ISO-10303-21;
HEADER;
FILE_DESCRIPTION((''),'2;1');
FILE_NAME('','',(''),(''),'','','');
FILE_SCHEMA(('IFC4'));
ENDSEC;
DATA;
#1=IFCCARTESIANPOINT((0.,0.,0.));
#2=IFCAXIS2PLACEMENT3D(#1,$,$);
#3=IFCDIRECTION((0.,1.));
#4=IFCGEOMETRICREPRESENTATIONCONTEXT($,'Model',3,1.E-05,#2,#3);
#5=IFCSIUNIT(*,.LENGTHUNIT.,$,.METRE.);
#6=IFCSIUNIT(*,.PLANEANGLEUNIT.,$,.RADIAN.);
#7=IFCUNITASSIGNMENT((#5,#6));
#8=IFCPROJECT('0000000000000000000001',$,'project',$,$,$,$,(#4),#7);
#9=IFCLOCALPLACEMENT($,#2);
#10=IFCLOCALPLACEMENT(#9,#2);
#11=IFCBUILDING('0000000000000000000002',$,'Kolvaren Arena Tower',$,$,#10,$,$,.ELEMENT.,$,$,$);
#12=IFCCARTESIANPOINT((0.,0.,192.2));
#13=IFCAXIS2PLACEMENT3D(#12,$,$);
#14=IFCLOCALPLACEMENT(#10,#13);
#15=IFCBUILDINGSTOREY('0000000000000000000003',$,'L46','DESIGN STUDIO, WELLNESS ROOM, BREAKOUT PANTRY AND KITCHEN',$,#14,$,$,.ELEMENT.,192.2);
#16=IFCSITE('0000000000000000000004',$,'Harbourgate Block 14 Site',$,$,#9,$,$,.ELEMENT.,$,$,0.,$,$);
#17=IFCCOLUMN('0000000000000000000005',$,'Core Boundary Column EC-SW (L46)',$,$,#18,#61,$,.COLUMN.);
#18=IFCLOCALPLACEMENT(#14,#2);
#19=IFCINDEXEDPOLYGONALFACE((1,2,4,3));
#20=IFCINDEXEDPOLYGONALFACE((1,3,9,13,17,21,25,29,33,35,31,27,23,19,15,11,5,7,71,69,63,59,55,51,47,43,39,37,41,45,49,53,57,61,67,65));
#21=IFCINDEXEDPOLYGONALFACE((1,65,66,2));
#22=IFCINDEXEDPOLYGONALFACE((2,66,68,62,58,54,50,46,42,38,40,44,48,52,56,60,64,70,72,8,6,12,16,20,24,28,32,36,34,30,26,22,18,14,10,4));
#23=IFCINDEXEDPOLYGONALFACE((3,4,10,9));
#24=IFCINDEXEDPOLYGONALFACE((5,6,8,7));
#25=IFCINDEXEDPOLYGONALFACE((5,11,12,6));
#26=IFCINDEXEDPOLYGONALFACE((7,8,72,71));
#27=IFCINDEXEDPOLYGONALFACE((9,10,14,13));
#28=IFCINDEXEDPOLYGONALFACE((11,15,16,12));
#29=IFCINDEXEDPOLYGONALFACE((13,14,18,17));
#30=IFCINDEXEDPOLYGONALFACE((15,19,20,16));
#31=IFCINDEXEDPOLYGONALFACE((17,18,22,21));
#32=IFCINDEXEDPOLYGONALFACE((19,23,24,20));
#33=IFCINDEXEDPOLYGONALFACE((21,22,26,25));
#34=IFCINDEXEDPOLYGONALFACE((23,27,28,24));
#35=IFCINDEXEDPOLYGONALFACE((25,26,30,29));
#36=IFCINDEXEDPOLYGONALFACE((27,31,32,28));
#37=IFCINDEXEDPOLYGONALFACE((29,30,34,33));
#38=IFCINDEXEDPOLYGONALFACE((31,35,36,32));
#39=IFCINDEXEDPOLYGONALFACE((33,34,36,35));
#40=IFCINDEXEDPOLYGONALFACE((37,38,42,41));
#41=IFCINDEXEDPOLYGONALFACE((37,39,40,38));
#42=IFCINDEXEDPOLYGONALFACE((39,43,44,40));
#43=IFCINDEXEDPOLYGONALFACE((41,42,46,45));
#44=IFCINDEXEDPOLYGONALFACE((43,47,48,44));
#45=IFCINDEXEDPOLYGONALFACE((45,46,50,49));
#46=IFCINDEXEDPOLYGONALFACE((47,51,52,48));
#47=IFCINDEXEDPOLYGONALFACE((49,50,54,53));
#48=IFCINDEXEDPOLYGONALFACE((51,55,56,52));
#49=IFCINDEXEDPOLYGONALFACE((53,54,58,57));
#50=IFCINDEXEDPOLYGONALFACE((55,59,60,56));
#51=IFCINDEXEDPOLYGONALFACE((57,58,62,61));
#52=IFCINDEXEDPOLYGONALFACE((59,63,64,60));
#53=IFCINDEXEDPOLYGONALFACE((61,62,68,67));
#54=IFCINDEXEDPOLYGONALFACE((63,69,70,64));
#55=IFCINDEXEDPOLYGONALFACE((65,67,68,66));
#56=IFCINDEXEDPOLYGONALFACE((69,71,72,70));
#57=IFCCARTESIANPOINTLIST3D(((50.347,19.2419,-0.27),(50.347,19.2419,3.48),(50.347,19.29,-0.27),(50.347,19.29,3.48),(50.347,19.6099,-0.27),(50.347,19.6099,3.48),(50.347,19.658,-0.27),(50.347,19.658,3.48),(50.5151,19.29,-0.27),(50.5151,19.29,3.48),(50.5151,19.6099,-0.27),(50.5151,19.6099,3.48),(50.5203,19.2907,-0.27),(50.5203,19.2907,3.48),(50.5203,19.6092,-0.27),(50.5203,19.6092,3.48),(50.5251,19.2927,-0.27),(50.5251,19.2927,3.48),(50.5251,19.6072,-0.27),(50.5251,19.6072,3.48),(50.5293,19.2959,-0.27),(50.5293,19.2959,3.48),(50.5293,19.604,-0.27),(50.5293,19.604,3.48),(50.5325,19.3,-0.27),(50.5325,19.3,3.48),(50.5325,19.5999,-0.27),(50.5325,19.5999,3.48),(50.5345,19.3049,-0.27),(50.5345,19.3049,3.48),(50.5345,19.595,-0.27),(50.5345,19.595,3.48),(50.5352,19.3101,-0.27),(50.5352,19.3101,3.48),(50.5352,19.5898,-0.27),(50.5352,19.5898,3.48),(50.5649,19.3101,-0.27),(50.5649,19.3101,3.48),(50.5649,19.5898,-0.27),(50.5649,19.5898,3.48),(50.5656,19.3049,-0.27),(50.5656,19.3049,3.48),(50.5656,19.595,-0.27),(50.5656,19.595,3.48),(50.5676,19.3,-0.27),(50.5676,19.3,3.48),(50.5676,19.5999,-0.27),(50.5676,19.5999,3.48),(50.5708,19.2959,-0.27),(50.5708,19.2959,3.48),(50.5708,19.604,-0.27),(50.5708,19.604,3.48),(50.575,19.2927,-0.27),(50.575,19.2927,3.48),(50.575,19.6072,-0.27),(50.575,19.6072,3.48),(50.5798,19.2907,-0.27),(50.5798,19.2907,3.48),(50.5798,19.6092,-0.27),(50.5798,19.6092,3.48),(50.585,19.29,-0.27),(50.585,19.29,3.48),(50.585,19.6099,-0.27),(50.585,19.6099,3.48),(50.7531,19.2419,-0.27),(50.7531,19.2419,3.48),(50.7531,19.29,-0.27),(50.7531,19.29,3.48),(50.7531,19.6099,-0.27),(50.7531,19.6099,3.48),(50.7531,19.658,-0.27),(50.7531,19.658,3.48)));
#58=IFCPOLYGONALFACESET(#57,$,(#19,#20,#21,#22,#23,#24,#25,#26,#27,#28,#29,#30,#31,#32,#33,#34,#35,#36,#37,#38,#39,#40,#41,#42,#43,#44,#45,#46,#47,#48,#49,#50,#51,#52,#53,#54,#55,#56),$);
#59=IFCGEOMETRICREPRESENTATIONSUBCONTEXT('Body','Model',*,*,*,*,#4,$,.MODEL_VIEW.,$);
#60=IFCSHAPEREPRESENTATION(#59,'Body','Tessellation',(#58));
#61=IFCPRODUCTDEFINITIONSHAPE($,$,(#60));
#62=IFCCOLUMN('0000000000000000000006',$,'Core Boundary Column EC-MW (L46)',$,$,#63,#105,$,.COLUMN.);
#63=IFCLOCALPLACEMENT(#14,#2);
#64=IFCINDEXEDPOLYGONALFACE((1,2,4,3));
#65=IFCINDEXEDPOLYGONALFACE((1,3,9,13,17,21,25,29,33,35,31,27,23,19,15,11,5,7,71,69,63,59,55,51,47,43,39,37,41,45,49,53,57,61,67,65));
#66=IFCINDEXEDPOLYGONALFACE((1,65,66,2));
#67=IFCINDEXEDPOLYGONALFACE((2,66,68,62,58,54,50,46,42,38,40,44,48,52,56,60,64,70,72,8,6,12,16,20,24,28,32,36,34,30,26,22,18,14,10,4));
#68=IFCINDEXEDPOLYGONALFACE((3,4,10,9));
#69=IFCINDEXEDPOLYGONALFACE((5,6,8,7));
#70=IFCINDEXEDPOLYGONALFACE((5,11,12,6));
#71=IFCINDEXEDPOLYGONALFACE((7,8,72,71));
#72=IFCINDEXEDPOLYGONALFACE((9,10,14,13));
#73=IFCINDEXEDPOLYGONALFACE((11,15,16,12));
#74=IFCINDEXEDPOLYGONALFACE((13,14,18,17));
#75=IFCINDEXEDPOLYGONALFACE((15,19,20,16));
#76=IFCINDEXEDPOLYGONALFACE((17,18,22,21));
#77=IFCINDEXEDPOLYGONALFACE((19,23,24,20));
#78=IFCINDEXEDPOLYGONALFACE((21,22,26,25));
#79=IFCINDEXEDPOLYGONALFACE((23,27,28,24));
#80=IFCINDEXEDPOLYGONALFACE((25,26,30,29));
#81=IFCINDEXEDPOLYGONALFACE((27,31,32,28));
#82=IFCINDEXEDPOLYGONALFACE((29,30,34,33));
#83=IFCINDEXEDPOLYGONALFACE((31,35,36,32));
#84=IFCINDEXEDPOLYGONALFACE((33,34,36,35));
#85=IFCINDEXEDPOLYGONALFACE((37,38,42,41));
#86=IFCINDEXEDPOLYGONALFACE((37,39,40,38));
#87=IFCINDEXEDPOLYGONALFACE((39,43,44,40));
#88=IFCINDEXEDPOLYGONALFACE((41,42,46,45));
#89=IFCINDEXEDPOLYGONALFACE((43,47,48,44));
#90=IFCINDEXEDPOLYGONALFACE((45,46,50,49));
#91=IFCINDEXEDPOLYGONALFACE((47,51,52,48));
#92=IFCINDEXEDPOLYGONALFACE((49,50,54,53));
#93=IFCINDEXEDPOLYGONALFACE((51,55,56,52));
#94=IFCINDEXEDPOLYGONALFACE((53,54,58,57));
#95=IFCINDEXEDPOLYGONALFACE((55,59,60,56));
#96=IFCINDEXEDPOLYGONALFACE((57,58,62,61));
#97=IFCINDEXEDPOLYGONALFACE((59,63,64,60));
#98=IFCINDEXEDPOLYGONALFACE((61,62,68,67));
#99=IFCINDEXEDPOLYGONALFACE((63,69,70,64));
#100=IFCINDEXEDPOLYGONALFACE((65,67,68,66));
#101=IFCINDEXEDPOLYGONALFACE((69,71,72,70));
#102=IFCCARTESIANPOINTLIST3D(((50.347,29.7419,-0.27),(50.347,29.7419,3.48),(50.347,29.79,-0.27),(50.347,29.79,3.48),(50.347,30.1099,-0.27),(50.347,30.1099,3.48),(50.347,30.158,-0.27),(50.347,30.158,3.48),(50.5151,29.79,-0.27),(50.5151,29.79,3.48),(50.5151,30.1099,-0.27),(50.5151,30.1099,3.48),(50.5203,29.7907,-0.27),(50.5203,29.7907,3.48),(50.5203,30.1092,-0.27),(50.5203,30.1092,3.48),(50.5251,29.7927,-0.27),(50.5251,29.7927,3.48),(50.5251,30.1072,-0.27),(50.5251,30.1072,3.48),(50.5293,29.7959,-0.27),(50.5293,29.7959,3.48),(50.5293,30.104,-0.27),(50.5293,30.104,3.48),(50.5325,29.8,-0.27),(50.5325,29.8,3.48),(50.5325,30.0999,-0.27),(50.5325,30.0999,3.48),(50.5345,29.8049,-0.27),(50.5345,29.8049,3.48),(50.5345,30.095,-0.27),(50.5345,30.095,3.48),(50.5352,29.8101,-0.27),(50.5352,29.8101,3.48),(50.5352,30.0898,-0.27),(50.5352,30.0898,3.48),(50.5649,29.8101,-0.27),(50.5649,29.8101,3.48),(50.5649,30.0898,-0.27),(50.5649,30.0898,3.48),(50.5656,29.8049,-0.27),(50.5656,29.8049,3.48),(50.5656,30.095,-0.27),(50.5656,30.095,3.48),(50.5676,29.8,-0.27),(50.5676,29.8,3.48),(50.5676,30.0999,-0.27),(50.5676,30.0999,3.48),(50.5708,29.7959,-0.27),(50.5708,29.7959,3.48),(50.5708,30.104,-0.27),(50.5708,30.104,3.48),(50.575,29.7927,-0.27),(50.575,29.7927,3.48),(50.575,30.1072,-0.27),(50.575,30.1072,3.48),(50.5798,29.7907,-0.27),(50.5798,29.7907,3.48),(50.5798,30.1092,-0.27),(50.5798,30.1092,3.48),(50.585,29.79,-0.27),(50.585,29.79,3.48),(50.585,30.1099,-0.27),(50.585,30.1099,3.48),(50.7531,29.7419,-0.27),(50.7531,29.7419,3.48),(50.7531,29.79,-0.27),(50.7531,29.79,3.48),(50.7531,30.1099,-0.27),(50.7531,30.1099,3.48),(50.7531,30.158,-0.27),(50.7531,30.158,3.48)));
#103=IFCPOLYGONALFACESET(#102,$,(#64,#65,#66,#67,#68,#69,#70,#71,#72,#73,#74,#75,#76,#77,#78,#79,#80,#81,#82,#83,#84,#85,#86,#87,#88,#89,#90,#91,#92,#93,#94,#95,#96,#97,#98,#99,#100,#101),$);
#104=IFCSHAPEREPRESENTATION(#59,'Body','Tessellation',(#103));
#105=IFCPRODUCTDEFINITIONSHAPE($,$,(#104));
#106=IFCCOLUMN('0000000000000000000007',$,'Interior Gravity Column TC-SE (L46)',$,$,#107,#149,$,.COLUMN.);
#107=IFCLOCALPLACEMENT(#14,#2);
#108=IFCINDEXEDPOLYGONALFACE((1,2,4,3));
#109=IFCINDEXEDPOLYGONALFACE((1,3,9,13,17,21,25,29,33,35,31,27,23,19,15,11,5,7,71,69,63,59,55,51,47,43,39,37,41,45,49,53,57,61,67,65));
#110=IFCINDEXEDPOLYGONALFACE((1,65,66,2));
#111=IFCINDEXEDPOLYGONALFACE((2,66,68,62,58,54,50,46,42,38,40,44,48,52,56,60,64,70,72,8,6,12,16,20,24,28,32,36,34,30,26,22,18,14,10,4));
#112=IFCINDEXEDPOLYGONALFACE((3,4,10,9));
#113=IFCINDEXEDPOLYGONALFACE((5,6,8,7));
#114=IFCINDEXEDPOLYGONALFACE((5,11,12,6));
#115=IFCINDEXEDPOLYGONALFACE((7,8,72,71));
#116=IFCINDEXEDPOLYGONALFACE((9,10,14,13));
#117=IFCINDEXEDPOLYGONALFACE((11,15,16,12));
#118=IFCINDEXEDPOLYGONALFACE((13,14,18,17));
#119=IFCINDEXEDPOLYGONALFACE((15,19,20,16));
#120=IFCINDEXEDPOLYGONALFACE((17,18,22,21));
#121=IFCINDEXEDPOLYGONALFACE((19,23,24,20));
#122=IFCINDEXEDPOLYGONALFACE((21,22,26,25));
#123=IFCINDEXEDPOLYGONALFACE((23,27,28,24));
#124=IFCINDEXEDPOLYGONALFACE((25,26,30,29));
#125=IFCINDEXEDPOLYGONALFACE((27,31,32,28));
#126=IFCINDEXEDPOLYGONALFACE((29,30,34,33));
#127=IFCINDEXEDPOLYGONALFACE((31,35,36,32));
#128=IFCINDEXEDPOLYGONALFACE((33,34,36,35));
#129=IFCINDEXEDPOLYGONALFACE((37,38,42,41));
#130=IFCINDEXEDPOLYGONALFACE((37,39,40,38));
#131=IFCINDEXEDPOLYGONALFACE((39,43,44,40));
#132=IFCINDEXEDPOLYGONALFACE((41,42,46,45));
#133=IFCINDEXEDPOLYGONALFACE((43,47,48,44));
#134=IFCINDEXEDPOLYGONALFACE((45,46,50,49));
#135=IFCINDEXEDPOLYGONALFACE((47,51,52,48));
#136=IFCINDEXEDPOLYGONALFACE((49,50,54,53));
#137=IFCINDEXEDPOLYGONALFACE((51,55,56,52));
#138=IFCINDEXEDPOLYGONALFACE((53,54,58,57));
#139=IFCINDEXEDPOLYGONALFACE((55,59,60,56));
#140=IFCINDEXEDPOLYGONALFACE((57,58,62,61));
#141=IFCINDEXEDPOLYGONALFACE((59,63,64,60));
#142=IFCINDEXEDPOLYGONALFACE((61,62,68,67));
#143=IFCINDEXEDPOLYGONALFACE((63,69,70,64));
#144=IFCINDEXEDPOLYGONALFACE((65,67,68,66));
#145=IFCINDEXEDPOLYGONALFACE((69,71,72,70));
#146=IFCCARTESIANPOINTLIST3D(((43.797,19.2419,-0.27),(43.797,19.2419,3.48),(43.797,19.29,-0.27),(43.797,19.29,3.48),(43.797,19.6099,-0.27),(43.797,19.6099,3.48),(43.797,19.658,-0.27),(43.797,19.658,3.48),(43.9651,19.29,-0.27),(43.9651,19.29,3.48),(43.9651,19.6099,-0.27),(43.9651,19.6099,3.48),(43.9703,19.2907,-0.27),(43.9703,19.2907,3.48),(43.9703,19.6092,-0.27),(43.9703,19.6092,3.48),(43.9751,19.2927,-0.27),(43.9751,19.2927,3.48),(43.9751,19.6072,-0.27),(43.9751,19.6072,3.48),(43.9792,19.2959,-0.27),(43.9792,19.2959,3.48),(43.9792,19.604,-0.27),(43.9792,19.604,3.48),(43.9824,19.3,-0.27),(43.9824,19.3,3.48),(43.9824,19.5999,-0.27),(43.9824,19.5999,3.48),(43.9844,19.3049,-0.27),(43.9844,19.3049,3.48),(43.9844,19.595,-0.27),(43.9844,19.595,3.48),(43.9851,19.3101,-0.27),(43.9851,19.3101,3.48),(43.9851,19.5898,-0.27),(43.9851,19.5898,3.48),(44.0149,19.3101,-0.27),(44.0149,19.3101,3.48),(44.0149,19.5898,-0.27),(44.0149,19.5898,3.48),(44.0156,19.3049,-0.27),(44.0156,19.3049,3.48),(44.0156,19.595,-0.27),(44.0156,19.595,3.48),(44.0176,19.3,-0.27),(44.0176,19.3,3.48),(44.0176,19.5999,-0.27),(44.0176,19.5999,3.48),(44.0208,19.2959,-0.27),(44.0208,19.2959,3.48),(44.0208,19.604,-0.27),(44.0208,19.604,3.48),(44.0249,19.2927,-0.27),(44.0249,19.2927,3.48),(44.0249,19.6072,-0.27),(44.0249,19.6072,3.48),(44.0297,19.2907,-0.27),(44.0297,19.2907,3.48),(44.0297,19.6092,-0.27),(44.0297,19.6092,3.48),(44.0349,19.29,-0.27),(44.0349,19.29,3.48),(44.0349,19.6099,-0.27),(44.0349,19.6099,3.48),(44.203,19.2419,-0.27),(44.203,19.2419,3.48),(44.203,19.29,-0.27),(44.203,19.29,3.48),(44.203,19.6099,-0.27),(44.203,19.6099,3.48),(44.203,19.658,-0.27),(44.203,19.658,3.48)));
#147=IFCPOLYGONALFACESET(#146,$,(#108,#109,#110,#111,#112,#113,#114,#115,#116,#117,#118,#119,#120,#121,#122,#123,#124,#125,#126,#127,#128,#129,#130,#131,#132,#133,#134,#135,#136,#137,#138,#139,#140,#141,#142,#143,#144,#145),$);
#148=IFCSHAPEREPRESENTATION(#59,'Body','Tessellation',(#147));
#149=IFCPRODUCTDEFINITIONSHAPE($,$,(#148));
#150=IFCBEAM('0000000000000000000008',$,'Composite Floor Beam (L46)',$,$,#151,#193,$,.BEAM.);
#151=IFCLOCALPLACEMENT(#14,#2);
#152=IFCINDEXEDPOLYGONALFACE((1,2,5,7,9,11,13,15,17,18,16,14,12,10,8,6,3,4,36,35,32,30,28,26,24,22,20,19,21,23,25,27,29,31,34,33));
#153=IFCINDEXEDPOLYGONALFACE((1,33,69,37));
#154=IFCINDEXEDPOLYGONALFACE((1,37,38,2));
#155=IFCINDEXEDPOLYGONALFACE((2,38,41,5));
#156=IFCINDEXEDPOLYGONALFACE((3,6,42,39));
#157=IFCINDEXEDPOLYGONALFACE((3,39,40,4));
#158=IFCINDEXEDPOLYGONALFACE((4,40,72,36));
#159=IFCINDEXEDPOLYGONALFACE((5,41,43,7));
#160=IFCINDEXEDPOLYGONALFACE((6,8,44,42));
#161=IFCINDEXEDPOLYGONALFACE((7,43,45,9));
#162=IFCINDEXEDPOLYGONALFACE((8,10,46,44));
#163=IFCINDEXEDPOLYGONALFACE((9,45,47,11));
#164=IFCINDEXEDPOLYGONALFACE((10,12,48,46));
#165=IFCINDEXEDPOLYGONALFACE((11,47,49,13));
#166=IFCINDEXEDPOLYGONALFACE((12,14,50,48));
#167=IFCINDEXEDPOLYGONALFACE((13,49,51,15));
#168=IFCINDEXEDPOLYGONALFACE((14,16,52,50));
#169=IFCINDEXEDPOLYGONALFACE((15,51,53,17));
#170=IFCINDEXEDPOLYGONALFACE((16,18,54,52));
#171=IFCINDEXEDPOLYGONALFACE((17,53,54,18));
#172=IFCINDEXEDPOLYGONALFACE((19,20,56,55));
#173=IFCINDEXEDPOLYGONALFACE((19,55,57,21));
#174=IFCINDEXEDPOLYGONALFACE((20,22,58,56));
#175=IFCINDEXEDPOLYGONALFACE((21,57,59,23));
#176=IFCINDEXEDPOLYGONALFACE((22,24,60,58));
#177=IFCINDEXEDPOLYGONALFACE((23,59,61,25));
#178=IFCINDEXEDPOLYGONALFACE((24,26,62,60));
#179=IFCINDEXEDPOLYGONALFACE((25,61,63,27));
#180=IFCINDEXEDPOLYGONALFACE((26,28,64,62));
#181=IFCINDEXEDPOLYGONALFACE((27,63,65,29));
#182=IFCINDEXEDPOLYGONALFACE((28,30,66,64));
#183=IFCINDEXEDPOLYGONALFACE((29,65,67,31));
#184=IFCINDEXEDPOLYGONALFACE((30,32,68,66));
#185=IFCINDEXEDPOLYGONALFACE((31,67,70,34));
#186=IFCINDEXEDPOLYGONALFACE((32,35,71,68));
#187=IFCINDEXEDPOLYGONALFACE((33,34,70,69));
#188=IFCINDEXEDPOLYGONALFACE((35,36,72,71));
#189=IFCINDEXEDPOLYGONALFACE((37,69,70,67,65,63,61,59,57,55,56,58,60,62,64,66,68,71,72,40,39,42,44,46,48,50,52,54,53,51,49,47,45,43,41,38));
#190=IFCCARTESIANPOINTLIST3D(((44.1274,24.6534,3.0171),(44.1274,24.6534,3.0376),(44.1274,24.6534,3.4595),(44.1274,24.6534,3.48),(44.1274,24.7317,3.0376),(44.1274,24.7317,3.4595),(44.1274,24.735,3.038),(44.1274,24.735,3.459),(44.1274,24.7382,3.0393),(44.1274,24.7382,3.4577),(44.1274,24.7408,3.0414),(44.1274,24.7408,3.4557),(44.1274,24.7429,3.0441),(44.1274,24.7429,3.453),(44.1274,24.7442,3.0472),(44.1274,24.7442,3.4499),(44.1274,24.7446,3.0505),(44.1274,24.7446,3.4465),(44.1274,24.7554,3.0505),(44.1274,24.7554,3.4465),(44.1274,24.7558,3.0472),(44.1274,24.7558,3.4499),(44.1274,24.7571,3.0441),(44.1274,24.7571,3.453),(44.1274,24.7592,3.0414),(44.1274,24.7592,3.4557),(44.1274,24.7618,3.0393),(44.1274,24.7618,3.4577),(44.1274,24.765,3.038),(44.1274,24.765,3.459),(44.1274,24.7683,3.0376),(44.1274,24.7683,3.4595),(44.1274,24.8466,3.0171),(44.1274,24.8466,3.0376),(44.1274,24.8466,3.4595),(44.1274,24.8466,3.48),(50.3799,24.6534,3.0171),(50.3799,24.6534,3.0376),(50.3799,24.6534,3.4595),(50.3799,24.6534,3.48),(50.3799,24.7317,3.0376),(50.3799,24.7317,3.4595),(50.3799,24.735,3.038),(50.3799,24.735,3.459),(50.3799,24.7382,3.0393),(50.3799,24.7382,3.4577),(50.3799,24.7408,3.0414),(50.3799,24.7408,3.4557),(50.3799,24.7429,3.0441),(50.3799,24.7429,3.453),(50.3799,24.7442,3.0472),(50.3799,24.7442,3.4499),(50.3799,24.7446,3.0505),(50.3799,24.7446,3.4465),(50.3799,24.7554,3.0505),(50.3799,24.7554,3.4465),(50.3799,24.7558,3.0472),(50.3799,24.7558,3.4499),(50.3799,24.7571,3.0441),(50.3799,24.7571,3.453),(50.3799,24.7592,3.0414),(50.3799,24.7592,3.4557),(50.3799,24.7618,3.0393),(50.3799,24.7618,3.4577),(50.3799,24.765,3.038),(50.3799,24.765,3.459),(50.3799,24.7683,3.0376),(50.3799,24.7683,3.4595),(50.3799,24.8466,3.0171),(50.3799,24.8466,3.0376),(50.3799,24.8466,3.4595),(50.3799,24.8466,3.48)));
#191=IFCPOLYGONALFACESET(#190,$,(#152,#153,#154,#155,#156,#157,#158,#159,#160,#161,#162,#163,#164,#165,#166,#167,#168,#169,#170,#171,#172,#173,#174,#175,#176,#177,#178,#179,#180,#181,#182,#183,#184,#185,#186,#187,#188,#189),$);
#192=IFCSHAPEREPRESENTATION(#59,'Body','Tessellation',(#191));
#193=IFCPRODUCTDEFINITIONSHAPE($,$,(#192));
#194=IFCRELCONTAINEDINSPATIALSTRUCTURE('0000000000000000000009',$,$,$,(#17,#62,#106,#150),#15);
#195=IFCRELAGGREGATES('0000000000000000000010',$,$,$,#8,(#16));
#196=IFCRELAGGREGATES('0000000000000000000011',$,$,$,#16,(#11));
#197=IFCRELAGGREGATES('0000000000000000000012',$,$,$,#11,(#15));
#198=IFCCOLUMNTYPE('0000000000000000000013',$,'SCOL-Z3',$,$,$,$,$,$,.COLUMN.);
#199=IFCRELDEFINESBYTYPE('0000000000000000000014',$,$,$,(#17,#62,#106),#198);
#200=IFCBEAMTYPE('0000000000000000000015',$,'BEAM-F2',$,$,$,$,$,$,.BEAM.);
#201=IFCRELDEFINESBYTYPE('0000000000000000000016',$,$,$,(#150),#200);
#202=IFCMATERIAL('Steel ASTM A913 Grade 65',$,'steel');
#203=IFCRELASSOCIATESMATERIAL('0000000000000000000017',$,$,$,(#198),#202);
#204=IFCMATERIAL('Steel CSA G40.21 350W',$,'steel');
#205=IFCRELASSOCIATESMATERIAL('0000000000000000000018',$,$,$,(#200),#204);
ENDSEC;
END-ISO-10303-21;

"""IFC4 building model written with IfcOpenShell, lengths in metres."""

from ifc_helpers import new_model, si_unit, direction, frame, origin, origin_2d, place, context, subcontext, project, spatial, i_section, extrude, material, material_profile, profile_set, type_object, element, save


model = new_model("IFC4")

# Units and contexts
model_context = context("Model", 3, precision=1e-05, world=origin(), true_north=direction((0.0, 1.0)))
body_context = subcontext(model_context, "Body", "Model", "MODEL_VIEW")
ifc_project = project(units=[si_unit("LENGTHUNIT", "METRE"), si_unit("PLANEANGLEUNIT", "RADIAN")], contexts=[model_context])

# Site, building, storey
site_placement = place(None, origin())
site = spatial("IfcSite", under=ifc_project, at=site_placement, Name="Harbourgate Block 14 Site", CompositionType="ELEMENT", RefElevation=0.0)
building_placement = place(site_placement, origin())
building = spatial("IfcBuilding", under=site, at=building_placement, Name="Kolvaren Arena Tower", CompositionType="ELEMENT")
storey_placement = place(building_placement, frame((0.0, 0.0, 192.2)))
storey = spatial("IfcBuildingStorey", under=building, at=storey_placement, Name="L46", Description="DESIGN STUDIO, WELLNESS ROOM, BREAKOUT PANTRY AND KITCHEN", CompositionType="ELEMENT", Elevation=192.2)

# Columns
ifc_material_1 = material(Name="Steel ASTM A913 Grade 65", Category="steel")
ifc_material_profile_1 = material_profile(ifc_material_1, i_section(OverallWidth=0.406, OverallDepth=0.416, WebThickness=0.0298, FlangeThickness=0.0481, FilletRadius=0.02, at=origin_2d()), Name="W360x382")
ifc_profile_set_1 = profile_set([ifc_material_profile_1], Name="Steel ASTM A913 Grade 65")
column_type = type_object("IfcColumnType", Name="SCOL-Z3", PredefinedType="COLUMN", material=ifc_profile_set_1)
for number, where, z_axis, x_axis, name in (
    (1, (50.55, 19.45, -0.27), (0.0, 0.0, 1.0), (1.0, 0.0, 0.0), "Core Boundary Column EC-SW (L46)"),
    (2, (50.55, 29.95, -0.27), (0.0, 0.0, 1.0), (1.0, 0.0, 0.0), "Core Boundary Column EC-MW (L46)"),
    (3, (44.0, 19.45, -0.27), (0.0, 0.0, 1.0), (1.0, 0.0, 0.0), "Interior Gravity Column TC-SE (L46)"),
):
    element("IfcColumn", number, at=place(storey_placement, frame(where, z_axis=z_axis, x_axis=x_axis)), inside=storey, type_object=column_type, Name=name, PredefinedType="COLUMN", context=body_context, shape_type="SweptSolid", body=[
        extrude(i_section(OverallWidth=0.406, OverallDepth=0.416, WebThickness=0.0298, FlangeThickness=0.0481, FilletRadius=0.02, at=origin_2d()), origin(), (0.0, 0.0, 1.0), 3.75),
    ])

# Beam
ifc_material_2 = material(Name="Steel CSA G40.21 350W", Category="steel")
ifc_material_profile_2 = material_profile(ifc_material_2, i_section(OverallWidth=0.1931, OverallDepth=0.4629, WebThickness=0.0107, FlangeThickness=0.0205, FilletRadius=0.0129, at=origin_2d()), Name="W460x113")
ifc_profile_set_2 = profile_set([ifc_material_profile_2], Name="Steel CSA G40.21 350W")
beam_type_1 = type_object("IfcBeamType", Name="BEAM-F2", PredefinedType="BEAM", material=ifc_profile_set_2)
beam_1_placement = place(storey_placement, frame((44.1274, 24.75, 3.2485), z_axis=(1.0, 0.0, 0.0), x_axis=(0.0, 1.0, 0.0)))
element("IfcBeam", 4, at=beam_1_placement, inside=storey, type_object=beam_type_1, Name="Composite Floor Beam (L46)", PredefinedType="BEAM", context=body_context, shape_type="SweptSolid", body=[
    extrude(i_section(OverallWidth=0.1931, OverallDepth=0.4629, WebThickness=0.0107, FlangeThickness=0.0205, FilletRadius=0.0129, at=origin_2d()), origin(), (0.0, 0.0, 1.0), 6.2524),
])

save(model, "model.ifc")
